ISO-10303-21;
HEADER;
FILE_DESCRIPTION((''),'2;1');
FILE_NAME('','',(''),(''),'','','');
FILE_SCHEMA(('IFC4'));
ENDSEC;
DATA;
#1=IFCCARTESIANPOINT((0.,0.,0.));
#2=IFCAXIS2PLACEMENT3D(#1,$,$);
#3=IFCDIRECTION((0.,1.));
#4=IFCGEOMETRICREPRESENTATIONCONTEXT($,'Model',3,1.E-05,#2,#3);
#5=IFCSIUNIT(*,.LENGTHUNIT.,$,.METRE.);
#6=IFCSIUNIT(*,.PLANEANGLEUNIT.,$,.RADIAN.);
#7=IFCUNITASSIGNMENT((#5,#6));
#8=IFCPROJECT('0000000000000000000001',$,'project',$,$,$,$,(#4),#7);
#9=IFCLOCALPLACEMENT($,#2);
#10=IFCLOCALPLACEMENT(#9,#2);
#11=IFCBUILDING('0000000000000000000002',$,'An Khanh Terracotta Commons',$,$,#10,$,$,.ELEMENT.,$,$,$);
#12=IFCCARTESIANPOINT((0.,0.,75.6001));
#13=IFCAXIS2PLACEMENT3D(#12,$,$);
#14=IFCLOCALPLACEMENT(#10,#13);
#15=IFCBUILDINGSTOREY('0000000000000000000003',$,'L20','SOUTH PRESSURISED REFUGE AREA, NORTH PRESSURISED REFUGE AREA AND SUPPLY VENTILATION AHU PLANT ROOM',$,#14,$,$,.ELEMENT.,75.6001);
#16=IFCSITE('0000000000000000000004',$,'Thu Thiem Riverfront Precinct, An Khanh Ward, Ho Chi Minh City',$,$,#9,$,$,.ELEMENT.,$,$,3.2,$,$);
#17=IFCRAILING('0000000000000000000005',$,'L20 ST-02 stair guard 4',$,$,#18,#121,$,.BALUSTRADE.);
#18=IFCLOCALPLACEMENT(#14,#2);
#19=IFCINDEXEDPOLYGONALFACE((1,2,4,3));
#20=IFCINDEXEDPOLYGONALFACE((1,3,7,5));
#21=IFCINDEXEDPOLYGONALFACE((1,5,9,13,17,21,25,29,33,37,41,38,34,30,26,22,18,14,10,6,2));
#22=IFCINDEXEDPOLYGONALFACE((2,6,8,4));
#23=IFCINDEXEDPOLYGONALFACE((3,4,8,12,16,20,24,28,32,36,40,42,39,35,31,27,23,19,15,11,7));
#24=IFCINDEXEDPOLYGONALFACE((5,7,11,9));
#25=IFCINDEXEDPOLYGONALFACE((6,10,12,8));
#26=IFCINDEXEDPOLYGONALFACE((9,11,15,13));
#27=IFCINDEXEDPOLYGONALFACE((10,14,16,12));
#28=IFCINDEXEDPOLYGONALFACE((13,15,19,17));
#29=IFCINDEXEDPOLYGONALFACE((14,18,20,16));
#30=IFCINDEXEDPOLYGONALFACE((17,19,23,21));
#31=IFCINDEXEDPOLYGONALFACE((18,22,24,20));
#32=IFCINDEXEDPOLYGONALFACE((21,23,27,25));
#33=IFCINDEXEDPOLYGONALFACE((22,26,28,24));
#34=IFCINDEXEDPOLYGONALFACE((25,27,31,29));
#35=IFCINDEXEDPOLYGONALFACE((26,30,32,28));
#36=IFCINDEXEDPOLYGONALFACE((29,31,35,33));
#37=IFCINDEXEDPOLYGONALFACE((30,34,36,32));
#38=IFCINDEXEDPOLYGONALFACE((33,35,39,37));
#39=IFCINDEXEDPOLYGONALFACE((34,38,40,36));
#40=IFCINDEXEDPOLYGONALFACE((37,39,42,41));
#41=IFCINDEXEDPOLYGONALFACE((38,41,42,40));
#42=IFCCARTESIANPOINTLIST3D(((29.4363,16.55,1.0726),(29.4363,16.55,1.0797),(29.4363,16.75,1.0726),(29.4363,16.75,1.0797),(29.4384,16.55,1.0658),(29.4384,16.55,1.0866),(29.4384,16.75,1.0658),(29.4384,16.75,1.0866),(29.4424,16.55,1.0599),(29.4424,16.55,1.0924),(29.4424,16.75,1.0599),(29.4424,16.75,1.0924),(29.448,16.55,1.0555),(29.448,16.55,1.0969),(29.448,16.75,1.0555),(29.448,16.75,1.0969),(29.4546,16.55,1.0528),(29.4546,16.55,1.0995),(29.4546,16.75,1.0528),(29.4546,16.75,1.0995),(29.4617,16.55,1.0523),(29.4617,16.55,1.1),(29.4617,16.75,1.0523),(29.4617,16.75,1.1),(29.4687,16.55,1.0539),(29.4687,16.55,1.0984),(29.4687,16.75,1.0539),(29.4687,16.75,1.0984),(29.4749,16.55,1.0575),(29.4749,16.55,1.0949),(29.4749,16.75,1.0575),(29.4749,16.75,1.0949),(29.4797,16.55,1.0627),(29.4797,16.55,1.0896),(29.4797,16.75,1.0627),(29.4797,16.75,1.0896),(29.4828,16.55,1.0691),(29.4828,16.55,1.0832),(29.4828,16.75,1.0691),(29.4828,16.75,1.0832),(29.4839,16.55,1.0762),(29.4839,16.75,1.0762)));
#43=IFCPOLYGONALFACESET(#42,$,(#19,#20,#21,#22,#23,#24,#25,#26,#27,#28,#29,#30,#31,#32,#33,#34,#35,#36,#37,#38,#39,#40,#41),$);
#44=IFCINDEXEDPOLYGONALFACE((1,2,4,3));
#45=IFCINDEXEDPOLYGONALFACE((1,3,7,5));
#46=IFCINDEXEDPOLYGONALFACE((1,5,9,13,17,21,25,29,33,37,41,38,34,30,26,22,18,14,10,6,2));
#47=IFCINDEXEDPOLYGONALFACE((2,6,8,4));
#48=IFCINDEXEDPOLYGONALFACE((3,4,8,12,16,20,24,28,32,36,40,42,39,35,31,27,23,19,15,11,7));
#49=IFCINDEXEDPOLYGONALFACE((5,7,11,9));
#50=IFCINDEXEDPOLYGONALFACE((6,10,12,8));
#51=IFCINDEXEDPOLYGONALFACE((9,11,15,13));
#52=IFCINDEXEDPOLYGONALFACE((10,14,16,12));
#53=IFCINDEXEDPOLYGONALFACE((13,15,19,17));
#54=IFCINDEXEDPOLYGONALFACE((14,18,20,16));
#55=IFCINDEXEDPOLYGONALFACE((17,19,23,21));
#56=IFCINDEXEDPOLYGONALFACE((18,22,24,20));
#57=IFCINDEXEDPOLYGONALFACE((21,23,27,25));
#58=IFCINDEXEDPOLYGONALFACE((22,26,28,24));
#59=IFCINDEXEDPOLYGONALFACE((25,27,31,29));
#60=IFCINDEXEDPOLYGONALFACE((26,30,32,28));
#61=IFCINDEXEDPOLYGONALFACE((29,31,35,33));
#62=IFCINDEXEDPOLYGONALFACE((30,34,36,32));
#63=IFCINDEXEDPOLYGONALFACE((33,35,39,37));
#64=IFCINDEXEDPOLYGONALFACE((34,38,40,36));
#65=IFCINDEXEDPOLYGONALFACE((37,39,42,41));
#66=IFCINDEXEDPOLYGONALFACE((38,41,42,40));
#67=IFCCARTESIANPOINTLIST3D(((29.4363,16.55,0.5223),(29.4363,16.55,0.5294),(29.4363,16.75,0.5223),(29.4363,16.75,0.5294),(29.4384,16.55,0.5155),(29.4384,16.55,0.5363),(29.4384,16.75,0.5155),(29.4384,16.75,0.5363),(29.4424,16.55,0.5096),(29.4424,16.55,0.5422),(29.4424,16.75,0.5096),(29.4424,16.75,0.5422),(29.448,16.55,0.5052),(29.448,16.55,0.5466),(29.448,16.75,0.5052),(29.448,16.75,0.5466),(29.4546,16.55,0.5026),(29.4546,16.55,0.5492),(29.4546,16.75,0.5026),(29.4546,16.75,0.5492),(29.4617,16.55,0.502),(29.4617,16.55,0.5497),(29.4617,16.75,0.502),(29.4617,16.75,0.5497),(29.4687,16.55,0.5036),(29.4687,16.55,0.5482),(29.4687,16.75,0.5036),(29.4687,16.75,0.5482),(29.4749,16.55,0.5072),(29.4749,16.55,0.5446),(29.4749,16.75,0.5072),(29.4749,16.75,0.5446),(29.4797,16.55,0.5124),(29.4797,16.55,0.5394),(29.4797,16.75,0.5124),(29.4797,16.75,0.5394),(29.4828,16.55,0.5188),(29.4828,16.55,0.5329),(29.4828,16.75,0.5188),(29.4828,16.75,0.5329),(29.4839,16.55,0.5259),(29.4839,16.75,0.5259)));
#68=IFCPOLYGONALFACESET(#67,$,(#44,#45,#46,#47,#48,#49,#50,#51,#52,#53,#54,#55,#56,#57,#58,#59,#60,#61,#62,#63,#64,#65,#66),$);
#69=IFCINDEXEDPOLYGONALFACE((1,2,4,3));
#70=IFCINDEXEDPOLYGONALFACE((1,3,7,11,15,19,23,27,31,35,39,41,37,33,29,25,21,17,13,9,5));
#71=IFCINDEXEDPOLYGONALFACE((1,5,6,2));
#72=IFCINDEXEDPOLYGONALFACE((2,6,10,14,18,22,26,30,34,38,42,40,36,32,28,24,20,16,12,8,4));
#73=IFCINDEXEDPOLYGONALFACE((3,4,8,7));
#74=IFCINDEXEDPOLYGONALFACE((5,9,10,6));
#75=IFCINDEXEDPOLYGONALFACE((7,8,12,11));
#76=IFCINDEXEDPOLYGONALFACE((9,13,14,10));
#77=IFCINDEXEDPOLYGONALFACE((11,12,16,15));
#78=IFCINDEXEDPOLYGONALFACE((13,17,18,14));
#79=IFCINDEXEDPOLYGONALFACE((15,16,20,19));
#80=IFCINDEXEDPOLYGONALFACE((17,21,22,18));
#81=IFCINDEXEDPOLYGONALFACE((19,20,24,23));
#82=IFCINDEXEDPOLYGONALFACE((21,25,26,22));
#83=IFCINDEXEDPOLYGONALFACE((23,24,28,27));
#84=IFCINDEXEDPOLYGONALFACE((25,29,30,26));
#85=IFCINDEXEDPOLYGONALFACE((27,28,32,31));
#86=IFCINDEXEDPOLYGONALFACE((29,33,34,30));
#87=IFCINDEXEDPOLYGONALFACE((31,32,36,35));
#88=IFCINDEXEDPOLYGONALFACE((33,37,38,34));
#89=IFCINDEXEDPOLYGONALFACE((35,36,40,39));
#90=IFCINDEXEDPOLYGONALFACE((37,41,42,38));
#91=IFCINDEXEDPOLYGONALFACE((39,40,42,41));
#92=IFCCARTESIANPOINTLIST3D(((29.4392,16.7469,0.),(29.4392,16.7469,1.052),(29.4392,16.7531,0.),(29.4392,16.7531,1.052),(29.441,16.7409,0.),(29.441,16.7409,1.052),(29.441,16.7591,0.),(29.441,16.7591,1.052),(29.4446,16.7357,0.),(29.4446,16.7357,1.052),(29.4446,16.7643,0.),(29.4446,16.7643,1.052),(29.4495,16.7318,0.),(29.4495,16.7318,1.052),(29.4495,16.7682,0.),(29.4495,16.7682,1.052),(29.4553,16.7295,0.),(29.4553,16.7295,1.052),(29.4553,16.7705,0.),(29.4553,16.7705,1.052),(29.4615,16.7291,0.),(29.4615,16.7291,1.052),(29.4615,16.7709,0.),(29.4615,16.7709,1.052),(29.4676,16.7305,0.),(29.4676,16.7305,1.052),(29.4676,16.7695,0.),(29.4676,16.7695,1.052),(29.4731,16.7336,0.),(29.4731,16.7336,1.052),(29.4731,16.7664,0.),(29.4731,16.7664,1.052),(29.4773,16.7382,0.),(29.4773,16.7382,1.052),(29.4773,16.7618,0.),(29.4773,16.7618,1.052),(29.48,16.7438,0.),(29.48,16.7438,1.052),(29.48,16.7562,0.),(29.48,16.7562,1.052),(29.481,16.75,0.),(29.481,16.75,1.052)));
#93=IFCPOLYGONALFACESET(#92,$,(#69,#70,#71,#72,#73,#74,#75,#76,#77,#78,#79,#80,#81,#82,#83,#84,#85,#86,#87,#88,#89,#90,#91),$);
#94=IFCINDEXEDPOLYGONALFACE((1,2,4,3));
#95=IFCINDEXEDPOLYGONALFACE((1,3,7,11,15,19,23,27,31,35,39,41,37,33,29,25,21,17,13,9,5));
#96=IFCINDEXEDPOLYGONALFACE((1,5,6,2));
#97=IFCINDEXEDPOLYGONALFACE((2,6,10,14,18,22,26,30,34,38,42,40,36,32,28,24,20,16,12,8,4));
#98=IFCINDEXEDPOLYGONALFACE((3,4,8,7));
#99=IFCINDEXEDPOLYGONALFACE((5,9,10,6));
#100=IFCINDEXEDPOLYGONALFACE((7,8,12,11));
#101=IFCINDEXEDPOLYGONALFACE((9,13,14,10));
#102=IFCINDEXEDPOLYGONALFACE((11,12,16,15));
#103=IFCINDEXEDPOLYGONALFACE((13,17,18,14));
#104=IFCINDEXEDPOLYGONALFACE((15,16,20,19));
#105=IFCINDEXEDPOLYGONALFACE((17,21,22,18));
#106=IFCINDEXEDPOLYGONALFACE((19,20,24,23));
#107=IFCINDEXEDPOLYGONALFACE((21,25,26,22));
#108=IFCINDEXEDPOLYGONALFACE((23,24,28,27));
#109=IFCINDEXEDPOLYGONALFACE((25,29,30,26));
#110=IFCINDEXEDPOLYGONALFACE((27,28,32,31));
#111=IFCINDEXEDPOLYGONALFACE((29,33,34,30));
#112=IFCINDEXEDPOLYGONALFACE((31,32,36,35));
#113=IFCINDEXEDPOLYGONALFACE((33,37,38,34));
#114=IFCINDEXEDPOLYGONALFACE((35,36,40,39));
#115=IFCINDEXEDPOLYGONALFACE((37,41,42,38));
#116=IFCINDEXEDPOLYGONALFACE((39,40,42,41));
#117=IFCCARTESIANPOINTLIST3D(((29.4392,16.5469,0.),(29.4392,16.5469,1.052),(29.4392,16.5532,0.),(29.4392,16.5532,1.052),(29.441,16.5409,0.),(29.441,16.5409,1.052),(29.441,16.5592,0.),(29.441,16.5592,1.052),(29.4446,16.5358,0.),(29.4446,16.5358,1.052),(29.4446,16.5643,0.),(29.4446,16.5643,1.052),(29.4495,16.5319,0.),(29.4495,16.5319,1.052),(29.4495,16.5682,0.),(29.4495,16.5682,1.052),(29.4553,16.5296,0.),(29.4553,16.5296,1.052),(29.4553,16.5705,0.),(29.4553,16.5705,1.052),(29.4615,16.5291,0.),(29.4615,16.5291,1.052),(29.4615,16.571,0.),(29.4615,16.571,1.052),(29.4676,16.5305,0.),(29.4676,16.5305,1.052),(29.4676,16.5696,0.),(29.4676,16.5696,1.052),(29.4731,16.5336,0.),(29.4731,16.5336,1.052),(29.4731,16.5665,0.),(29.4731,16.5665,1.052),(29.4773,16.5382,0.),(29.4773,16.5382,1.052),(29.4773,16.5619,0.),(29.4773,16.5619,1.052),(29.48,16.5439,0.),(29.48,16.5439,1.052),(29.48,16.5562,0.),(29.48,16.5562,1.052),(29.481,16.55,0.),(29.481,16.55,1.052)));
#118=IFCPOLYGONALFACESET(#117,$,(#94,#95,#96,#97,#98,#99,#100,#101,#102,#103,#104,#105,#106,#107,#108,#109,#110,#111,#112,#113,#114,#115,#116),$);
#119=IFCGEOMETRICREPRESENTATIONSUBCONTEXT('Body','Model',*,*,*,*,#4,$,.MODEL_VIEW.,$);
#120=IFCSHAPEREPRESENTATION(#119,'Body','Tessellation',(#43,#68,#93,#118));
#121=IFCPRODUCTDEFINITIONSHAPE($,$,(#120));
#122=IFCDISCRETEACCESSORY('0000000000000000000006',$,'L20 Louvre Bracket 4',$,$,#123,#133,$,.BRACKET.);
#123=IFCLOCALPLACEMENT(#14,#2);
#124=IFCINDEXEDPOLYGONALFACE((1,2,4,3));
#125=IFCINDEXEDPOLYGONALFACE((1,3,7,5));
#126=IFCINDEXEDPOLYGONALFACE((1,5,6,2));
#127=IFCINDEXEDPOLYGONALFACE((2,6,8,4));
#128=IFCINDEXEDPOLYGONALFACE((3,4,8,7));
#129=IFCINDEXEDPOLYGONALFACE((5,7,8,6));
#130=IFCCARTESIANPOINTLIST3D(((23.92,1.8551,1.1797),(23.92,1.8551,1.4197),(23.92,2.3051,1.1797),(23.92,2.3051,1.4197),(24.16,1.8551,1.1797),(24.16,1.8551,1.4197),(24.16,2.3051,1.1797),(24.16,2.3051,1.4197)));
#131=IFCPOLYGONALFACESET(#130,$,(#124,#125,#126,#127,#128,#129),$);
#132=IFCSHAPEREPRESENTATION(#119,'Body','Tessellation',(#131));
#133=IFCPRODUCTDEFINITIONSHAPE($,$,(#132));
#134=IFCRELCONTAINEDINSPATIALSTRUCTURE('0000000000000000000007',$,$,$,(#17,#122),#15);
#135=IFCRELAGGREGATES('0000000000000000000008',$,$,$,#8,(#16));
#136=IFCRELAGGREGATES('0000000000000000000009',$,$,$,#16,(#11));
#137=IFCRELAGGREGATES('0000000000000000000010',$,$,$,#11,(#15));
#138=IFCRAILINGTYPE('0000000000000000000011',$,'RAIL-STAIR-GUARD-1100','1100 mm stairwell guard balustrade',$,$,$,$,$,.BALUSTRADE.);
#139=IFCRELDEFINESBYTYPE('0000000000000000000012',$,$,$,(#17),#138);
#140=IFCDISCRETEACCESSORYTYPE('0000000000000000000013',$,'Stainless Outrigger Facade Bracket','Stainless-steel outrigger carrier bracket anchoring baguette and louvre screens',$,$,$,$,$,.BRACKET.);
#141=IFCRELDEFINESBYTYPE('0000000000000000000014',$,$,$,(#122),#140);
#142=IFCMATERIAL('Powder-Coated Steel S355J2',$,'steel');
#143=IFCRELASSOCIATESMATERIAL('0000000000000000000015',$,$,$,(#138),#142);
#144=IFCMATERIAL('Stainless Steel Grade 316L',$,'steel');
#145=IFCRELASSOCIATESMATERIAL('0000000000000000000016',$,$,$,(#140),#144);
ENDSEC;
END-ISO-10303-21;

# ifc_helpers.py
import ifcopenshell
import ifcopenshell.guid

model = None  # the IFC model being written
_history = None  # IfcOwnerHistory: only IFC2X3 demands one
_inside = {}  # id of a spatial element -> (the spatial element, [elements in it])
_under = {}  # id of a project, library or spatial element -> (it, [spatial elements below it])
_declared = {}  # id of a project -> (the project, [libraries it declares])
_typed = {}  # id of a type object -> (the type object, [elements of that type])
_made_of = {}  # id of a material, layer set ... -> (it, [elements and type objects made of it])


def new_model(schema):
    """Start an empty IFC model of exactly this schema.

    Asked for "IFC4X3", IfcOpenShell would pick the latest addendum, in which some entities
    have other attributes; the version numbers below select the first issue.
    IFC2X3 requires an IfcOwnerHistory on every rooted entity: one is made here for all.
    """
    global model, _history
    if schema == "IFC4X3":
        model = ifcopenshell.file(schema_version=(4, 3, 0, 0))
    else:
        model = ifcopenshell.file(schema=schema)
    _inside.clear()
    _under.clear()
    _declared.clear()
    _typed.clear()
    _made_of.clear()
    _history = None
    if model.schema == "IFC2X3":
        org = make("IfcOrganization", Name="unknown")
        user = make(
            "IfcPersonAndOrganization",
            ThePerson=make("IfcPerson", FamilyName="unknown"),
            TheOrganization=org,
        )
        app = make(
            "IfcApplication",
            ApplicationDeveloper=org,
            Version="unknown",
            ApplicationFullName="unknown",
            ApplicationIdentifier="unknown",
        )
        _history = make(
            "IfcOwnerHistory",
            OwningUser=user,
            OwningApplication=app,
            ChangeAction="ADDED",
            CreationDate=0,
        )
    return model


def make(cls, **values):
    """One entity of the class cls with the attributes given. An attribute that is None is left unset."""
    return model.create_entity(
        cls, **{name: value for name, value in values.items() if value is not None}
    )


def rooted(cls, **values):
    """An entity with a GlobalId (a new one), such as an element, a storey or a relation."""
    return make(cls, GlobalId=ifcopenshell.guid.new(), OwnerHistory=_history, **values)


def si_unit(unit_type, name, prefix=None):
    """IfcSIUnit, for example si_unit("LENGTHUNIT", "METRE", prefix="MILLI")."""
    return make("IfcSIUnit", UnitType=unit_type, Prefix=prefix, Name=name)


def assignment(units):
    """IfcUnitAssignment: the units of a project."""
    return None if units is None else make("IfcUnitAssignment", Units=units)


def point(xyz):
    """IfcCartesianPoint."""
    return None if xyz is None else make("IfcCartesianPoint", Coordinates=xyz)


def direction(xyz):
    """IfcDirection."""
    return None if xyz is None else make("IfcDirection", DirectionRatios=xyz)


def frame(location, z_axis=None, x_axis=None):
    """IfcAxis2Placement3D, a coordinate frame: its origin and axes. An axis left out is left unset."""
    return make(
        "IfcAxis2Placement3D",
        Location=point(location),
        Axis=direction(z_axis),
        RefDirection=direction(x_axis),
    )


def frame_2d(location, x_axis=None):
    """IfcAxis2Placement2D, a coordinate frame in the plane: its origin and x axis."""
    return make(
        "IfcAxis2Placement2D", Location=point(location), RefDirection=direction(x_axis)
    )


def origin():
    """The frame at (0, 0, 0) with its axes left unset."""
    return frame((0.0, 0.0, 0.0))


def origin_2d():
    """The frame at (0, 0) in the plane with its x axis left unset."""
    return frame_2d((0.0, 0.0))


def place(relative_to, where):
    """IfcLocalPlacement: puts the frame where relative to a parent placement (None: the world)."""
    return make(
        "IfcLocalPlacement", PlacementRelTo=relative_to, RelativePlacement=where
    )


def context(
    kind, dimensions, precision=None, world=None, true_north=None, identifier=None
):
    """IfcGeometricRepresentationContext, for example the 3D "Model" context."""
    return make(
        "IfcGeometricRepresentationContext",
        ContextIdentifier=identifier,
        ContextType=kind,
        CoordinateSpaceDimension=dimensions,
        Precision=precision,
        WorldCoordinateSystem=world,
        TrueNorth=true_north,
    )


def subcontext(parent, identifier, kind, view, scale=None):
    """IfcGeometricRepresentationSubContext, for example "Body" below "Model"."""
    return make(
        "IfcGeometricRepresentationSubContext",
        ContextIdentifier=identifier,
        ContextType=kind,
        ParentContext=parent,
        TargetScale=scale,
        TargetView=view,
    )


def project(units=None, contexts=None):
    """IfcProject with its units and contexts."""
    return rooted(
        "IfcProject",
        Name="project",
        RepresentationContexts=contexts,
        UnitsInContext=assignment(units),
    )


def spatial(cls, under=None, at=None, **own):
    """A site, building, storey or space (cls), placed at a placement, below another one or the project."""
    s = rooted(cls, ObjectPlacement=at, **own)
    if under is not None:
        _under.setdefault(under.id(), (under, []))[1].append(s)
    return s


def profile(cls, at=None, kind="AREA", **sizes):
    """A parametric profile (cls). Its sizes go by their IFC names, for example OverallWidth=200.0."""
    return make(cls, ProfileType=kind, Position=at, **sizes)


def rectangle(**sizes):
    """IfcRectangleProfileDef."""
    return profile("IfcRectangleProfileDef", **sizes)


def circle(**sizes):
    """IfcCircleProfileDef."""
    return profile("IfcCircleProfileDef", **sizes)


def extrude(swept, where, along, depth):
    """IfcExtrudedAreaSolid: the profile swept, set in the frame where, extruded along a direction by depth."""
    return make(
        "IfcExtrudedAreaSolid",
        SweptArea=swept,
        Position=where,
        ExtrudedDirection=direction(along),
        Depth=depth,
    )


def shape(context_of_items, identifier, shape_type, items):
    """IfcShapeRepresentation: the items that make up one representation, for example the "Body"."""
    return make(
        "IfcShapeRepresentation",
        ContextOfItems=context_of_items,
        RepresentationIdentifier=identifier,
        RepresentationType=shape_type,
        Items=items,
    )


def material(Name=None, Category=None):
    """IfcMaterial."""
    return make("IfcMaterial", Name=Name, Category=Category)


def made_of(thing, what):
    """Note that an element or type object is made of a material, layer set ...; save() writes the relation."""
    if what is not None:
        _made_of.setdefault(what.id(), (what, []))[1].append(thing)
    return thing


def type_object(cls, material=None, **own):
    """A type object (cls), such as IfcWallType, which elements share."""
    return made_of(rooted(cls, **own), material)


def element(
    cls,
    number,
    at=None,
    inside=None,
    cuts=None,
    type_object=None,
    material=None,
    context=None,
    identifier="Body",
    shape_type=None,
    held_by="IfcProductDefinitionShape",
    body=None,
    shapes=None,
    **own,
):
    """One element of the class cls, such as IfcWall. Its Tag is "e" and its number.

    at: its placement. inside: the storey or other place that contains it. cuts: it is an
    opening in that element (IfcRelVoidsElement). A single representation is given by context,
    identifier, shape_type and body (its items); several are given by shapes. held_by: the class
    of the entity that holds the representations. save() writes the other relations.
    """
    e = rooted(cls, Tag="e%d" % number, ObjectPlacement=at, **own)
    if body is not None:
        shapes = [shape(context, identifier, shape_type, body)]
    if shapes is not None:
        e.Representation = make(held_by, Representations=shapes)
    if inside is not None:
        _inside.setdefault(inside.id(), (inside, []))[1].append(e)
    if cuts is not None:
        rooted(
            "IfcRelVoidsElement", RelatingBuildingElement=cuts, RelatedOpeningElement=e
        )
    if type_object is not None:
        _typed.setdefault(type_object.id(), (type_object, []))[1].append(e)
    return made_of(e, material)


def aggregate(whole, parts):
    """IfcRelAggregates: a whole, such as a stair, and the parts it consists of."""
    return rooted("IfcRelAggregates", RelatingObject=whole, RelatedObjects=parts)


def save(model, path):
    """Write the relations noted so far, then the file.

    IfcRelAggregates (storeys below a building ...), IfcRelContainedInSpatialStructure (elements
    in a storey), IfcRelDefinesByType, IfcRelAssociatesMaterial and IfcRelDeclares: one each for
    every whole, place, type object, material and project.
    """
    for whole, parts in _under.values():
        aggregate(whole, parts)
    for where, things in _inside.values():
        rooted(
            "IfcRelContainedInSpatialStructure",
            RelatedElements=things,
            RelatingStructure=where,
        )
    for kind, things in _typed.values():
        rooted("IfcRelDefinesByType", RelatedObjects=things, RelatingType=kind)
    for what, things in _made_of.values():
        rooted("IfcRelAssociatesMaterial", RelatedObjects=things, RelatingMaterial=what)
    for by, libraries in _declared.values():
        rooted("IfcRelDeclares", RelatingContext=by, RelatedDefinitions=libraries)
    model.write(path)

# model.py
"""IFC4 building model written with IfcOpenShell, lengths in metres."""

from ifc_helpers import new_model, si_unit, direction, frame, origin, origin_2d, place, context, subcontext, project, spatial, rectangle, circle, extrude, material, type_object, element, save


model = new_model("IFC4")

# Units and contexts
model_context = context("Model", 3, precision=1e-05, world=origin(), true_north=direction((0.0, 1.0)))
body_context = subcontext(model_context, "Body", "Model", "MODEL_VIEW")
ifc_project = project(units=[si_unit("LENGTHUNIT", "METRE"), si_unit("PLANEANGLEUNIT", "RADIAN")], contexts=[model_context])

# Site, building, storey
site_placement = place(None, origin())
site = spatial("IfcSite", under=ifc_project, at=site_placement, Name="Thu Thiem Riverfront Precinct, An Khanh Ward, Ho Chi Minh City", CompositionType="ELEMENT", RefElevation=3.2)
building_placement = place(site_placement, origin())
building = spatial("IfcBuilding", under=site, at=building_placement, Name="An Khanh Terracotta Commons", CompositionType="ELEMENT")
storey_placement = place(building_placement, frame((0.0, 0.0, 75.6001)))
storey = spatial("IfcBuildingStorey", under=building, at=storey_placement, Name="L20", Description="SOUTH PRESSURISED REFUGE AREA, NORTH PRESSURISED REFUGE AREA AND SUPPLY VENTILATION AHU PLANT ROOM", CompositionType="ELEMENT", Elevation=75.6001)

# Railing
ifc_material_1 = material(Name="Powder-Coated Steel S355J2", Category="steel")
railing_type_1 = type_object("IfcRailingType", Name="RAIL-STAIR-GUARD-1100", Description="1100 mm stairwell guard balustrade", PredefinedType="BALUSTRADE", material=ifc_material_1)
railing_1_placement = place(storey_placement, frame((29.46, 16.75, 0.0)))
element("IfcRailing", 1, at=railing_1_placement, inside=storey, type_object=railing_type_1, Name="L20 ST-02 stair guard 4", PredefinedType="BALUSTRADE", context=body_context, shape_type="SweptSolid", body=[
    extrude(circle(Radius=0.0239, at=origin_2d()), frame((0.0, 0.0, 1.0762), z_axis=(0.0, -1.0, 0.0), x_axis=(1.0, 0.0, 0.0)), (0.0, 0.0, 1.0), 0.2),
    extrude(circle(Radius=0.0239, at=origin_2d()), frame((0.0, 0.0, 0.5259), z_axis=(0.0, -1.0, 0.0), x_axis=(1.0, 0.0, 0.0)), (0.0, 0.0, 1.0), 0.2),
    extrude(circle(Radius=0.021, at=origin_2d()), origin(), (0.0, 0.0, 1.0), 1.052),
    extrude(circle(Radius=0.021, at=origin_2d()), frame((0.0, -0.2, 0.0)), (0.0, 0.0, 1.0), 1.052),
])

# Discrete accessory
ifc_material_2 = material(Name="Stainless Steel Grade 316L", Category="steel")
discrete_accessory_type = type_object("IfcDiscreteAccessoryType", Name="Stainless Outrigger Facade Bracket", Description="Stainless-steel outrigger carrier bracket anchoring baguette and louvre screens", PredefinedType="BRACKET", material=ifc_material_2)
discrete_accessory_placement = place(storey_placement, frame((24.04, 2.0801, 1.1797), z_axis=(0.0, 0.0, 1.0), x_axis=(1.0, 0.0, 0.0)))
element("IfcDiscreteAccessory", 2, at=discrete_accessory_placement, inside=storey, type_object=discrete_accessory_type, Name="L20 Louvre Bracket 4", PredefinedType="BRACKET", context=body_context, shape_type="SweptSolid", body=[
    extrude(rectangle(XDim=0.24, YDim=0.45, at=origin_2d()), origin(), (0.0, 0.0, 1.0), 0.24),
])

save(model, "model.ifc")
